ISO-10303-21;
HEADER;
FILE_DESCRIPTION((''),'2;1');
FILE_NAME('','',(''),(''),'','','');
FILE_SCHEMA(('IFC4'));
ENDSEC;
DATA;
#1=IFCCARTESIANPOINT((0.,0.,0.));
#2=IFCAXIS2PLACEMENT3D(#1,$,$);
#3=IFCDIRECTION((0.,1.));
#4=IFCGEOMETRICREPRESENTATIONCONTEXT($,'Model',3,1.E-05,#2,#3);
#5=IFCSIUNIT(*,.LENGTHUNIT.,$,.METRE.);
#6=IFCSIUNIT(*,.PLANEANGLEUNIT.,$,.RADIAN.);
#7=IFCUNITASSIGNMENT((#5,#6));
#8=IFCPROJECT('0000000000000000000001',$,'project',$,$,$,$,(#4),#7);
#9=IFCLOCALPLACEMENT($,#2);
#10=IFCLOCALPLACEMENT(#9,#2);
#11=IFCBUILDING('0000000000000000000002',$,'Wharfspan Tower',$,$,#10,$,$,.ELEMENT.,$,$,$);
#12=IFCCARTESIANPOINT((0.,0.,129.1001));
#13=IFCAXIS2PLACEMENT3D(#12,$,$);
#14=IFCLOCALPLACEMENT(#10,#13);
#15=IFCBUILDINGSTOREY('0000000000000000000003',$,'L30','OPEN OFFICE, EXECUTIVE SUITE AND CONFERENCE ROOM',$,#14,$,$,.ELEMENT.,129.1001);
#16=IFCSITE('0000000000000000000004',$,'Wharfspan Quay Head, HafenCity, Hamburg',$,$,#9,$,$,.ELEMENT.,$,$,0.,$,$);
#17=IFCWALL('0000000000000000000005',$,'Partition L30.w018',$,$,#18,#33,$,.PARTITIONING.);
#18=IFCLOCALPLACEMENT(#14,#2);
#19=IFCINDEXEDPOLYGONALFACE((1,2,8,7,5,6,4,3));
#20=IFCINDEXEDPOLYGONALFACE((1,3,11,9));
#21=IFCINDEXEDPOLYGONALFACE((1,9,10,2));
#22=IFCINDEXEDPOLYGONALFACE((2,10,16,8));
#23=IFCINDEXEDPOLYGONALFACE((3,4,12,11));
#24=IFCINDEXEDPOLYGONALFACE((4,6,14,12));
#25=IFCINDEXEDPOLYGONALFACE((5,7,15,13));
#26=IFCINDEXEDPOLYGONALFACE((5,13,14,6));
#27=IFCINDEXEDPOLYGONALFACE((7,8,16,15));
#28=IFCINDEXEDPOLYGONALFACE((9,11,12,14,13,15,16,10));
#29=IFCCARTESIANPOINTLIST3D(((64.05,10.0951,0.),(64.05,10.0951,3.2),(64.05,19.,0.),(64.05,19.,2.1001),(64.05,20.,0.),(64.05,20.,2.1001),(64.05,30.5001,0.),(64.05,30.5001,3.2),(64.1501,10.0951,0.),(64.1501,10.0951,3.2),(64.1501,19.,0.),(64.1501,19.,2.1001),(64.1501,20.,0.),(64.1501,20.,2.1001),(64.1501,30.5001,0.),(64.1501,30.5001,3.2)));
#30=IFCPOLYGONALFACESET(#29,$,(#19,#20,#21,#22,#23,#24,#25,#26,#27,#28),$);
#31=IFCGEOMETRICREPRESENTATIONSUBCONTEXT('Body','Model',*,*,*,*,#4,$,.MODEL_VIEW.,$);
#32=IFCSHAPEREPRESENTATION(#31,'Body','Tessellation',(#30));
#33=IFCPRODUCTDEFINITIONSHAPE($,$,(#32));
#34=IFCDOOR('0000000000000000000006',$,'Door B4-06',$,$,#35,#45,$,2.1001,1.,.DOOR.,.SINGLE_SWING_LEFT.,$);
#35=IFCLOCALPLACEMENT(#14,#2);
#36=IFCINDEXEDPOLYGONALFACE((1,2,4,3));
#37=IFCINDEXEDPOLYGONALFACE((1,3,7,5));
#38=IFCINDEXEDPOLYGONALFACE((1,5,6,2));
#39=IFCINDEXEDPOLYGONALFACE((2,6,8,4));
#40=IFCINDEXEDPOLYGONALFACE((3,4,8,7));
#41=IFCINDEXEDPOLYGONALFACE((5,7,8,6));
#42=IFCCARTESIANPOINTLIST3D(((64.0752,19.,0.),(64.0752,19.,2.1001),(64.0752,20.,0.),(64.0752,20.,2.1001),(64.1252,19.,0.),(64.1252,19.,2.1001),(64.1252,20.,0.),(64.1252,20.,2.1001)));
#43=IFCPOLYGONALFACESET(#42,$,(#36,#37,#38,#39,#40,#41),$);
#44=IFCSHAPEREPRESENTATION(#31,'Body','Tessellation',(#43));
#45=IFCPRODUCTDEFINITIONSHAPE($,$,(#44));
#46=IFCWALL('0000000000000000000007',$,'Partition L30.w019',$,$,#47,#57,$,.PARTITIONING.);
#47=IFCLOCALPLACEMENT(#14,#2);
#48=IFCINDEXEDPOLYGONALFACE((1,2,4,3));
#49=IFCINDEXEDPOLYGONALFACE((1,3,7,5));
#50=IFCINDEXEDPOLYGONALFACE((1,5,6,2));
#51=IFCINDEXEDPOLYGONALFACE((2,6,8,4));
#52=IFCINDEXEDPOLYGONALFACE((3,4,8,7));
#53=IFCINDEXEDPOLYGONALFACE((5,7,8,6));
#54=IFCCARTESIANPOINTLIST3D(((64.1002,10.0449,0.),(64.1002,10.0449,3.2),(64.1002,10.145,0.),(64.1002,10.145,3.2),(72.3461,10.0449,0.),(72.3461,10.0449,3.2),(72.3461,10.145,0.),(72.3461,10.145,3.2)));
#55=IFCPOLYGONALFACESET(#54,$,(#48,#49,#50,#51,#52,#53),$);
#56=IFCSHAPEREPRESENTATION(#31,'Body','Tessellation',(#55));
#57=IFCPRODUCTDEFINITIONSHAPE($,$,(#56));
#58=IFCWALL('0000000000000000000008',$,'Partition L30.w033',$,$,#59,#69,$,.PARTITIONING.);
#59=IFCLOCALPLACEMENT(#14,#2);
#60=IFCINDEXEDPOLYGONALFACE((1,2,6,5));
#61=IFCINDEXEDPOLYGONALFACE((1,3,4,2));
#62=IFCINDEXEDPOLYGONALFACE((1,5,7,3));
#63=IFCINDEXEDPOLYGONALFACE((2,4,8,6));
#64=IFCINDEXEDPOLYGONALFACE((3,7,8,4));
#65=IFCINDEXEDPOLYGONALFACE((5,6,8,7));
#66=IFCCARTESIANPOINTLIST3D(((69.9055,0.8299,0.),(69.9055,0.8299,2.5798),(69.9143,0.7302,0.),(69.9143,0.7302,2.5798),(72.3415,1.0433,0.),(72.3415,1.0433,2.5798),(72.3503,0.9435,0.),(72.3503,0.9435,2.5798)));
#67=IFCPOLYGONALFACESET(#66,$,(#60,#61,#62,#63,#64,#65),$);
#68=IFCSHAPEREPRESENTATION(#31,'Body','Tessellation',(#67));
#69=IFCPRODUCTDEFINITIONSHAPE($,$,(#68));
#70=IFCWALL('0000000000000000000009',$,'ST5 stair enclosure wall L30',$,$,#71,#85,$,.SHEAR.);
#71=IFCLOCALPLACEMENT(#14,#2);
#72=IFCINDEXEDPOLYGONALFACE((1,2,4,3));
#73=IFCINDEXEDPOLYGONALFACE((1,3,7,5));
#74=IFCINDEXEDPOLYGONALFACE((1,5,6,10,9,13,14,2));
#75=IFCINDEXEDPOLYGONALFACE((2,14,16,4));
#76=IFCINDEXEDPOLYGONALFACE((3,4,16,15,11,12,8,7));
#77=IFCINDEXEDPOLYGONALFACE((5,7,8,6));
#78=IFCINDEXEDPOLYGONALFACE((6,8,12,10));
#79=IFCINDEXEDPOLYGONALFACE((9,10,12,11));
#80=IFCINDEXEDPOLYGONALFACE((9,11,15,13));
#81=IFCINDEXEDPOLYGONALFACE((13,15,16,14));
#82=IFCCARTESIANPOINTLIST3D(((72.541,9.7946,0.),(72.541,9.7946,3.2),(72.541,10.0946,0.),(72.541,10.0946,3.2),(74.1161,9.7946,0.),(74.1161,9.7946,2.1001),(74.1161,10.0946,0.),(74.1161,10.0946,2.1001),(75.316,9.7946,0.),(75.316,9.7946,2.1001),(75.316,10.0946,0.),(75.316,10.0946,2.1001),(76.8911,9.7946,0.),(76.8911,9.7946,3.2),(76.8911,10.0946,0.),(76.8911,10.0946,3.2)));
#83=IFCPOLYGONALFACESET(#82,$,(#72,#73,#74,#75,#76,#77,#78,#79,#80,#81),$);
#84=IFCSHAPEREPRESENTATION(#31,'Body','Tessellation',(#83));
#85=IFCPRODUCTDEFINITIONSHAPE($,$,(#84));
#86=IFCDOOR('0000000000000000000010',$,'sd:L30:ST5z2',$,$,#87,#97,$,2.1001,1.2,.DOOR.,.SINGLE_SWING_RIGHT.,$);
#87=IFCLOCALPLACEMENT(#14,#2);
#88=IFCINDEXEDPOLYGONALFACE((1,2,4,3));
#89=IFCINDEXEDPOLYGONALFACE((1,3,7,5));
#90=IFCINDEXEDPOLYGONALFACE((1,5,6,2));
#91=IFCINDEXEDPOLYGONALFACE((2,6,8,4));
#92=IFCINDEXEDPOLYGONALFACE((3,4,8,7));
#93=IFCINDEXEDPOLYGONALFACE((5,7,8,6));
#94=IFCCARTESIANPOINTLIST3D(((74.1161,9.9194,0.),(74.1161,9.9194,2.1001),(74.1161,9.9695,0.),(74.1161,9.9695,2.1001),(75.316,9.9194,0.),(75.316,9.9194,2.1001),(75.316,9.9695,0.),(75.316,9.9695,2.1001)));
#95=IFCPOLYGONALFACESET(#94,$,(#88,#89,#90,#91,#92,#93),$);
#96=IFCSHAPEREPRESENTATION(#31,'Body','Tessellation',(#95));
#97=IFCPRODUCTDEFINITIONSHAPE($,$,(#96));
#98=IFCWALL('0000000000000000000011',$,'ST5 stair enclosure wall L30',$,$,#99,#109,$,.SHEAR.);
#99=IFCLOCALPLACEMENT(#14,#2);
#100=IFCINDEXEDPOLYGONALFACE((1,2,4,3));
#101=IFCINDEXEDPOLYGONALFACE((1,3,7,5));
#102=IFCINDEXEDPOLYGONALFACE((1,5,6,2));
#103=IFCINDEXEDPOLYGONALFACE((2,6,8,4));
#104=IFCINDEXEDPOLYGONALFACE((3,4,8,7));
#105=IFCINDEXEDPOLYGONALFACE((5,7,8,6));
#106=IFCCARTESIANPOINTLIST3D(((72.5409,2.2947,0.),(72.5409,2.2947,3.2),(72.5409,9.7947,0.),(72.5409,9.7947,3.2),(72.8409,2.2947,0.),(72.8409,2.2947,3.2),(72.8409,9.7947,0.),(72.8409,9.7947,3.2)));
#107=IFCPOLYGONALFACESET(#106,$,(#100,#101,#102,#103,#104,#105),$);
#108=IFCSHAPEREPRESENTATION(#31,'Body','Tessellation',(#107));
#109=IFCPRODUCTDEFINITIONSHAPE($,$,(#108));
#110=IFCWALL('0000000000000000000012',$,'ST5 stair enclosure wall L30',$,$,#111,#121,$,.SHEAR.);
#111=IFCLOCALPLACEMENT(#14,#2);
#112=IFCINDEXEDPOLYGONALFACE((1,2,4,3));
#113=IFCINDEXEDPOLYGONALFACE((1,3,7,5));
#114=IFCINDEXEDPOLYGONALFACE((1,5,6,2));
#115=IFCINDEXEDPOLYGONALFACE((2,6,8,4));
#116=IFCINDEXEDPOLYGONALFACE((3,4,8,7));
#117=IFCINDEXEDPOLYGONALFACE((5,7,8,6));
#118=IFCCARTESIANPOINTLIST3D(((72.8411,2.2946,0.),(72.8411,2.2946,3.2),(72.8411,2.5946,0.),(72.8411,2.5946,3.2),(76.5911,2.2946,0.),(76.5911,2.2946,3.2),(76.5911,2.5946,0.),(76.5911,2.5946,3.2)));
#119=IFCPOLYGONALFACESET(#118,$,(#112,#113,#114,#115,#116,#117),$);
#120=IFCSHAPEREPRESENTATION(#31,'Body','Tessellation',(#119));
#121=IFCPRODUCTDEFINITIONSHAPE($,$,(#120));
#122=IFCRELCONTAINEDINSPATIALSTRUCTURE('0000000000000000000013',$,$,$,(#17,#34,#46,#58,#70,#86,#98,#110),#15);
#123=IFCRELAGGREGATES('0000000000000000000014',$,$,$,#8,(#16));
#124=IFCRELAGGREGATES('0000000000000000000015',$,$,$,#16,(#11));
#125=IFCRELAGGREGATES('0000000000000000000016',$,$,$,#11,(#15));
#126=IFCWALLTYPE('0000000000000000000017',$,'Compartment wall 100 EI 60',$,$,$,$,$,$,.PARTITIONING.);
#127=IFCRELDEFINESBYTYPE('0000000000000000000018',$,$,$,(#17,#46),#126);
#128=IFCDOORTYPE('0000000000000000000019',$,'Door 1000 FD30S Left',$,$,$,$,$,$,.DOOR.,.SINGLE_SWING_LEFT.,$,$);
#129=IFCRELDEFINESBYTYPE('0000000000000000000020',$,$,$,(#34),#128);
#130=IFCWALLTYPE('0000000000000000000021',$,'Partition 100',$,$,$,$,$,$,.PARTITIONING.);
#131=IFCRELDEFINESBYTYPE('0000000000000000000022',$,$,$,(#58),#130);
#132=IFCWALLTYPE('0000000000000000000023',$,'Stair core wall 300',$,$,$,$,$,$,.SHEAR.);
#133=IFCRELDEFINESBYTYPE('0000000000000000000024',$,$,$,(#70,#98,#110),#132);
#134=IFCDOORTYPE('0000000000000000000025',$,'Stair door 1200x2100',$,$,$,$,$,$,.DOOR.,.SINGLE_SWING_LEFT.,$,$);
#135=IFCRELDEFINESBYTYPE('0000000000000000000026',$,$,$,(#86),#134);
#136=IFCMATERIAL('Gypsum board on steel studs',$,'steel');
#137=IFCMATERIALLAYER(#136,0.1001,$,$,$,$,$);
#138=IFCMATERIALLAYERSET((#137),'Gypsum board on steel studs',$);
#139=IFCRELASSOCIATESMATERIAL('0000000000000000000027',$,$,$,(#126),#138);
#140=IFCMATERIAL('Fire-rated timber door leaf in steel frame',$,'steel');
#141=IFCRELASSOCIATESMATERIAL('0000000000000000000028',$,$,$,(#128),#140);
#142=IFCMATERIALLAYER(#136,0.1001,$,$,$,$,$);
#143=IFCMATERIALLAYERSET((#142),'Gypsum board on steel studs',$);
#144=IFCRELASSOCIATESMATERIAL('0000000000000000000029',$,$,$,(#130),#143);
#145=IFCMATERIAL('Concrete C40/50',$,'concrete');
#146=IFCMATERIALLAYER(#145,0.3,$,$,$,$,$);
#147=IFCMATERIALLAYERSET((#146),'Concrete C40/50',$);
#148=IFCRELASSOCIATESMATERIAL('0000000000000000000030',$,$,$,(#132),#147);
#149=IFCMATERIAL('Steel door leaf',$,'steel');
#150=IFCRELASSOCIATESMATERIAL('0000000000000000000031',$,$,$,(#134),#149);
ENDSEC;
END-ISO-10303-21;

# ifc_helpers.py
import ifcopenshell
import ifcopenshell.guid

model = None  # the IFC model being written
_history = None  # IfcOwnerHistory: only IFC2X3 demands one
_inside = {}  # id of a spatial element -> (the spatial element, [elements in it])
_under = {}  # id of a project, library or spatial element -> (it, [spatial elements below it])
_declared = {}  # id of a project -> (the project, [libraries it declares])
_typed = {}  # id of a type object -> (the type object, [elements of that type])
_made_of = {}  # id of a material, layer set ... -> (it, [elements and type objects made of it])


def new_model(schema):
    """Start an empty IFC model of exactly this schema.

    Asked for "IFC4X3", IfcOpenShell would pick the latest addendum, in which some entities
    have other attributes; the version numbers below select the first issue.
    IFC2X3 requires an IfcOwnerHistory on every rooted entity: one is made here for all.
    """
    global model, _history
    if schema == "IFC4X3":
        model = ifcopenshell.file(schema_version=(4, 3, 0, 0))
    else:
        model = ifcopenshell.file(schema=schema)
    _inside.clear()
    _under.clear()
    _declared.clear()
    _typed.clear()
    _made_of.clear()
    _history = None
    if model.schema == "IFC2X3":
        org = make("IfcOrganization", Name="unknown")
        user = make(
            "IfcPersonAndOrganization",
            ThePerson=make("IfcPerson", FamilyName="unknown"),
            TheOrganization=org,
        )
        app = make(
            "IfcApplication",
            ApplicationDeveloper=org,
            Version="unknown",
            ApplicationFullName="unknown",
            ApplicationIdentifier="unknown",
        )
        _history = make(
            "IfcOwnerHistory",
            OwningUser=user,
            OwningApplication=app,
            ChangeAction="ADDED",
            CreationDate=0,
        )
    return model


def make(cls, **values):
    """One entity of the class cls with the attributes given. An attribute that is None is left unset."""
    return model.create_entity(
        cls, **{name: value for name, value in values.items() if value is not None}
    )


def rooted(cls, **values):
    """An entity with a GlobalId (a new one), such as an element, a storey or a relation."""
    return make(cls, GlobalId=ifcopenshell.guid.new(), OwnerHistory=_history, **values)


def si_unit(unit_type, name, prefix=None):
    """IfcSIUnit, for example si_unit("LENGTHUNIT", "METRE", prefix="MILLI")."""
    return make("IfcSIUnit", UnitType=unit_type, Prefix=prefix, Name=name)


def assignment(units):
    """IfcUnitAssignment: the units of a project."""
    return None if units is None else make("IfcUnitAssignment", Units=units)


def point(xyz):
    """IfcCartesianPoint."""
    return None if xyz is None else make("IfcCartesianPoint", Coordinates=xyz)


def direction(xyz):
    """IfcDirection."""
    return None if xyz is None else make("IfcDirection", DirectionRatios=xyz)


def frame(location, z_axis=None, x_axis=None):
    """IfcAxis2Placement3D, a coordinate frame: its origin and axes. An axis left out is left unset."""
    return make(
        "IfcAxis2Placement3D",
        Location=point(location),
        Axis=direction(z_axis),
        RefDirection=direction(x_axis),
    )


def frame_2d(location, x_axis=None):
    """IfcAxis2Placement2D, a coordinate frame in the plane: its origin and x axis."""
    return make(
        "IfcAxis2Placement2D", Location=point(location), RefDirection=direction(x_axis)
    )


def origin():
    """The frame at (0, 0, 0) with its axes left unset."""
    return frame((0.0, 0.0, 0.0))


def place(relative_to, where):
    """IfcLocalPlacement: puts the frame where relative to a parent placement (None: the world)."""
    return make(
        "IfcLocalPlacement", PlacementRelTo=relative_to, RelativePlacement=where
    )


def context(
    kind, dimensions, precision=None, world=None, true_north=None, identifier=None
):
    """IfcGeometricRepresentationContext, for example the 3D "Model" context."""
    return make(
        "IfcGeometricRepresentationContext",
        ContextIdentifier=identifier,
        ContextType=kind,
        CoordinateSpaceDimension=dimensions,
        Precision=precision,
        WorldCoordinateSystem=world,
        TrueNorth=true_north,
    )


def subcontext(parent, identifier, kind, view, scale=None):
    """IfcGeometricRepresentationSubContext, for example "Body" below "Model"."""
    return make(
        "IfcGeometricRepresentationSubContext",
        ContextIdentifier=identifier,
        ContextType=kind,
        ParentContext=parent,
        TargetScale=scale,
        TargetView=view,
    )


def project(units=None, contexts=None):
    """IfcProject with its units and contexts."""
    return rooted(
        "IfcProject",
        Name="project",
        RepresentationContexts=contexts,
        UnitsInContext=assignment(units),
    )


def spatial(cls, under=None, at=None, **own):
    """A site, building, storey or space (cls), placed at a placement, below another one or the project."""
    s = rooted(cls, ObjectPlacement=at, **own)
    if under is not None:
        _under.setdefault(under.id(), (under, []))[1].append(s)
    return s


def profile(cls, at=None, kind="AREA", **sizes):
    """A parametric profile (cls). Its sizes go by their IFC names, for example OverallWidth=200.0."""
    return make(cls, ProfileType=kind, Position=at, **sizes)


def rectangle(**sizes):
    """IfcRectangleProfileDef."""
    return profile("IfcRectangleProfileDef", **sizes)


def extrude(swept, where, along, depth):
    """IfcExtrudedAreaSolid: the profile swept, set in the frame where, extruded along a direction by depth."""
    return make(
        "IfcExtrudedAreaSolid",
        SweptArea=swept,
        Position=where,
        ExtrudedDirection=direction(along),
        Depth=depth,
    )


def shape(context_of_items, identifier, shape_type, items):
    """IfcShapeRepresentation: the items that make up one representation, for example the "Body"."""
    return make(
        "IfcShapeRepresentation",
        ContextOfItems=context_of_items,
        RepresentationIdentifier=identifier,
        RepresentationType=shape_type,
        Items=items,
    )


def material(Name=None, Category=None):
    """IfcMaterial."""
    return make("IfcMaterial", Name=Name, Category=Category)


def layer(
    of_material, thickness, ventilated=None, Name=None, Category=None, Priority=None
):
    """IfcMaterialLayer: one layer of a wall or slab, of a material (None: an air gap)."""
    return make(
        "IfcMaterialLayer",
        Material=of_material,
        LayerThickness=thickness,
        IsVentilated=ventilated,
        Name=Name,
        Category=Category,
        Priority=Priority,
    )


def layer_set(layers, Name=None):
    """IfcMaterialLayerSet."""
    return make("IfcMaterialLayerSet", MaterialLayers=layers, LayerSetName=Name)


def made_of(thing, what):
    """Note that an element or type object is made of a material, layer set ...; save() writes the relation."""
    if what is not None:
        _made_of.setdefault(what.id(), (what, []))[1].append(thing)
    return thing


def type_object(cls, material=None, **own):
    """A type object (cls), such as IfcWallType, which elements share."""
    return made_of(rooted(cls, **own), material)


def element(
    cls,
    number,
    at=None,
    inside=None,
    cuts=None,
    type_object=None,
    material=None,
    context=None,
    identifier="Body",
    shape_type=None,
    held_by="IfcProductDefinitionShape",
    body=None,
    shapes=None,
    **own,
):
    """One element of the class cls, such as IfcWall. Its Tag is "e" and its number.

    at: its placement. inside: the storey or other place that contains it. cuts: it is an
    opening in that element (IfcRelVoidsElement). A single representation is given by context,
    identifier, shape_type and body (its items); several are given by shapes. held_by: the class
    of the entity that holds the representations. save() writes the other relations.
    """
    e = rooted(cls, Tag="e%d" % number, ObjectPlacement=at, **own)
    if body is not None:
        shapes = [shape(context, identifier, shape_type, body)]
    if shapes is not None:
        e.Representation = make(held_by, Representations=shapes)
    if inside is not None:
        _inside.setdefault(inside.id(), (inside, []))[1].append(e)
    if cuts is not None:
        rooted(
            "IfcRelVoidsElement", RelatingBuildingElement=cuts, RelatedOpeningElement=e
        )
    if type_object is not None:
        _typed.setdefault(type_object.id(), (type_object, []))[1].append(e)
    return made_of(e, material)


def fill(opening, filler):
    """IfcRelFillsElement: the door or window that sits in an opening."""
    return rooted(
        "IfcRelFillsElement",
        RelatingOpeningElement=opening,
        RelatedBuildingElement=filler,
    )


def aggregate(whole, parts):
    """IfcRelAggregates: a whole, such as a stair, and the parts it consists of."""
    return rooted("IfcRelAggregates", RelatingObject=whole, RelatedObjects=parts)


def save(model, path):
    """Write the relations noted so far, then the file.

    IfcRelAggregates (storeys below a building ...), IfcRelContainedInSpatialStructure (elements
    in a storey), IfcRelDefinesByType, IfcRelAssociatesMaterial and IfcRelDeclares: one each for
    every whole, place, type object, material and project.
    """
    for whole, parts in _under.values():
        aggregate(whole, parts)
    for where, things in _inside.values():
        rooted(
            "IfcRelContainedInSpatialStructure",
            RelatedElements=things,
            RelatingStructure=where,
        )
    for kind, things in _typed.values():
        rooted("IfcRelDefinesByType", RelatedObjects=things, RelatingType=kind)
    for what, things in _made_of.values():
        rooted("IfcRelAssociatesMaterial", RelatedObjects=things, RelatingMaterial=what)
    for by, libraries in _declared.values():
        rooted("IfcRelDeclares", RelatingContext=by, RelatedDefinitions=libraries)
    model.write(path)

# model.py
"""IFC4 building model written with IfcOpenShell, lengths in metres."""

from ifc_helpers import new_model, si_unit, direction, frame, frame_2d, origin, place, context, subcontext, project, spatial, rectangle, extrude, material, layer, layer_set, type_object, element, fill, save


model = new_model("IFC4")

# Units and contexts
model_context = context("Model", 3, precision=1e-05, world=origin(), true_north=direction((0.0, 1.0)))
body_context = subcontext(model_context, "Body", "Model", "MODEL_VIEW")
ifc_project = project(units=[si_unit("LENGTHUNIT", "METRE"), si_unit("PLANEANGLEUNIT", "RADIAN")], contexts=[model_context])

# Site, building, storey
site_placement = place(None, origin())
site = spatial("IfcSite", under=ifc_project, at=site_placement, Name="Wharfspan Quay Head, HafenCity, Hamburg", CompositionType="ELEMENT", RefElevation=0.0)
building_placement = place(site_placement, origin())
building = spatial("IfcBuilding", under=site, at=building_placement, Name="Wharfspan Tower", CompositionType="ELEMENT")
storey_placement = place(building_placement, frame((0.0, 0.0, 129.1001)))
storey = spatial("IfcBuildingStorey", under=building, at=storey_placement, Name="L30", Description="OPEN OFFICE, EXECUTIVE SUITE AND CONFERENCE ROOM", CompositionType="ELEMENT", Elevation=129.1001)

# Shared definitions
ifc_material_1 = material(Name="Gypsum board on steel studs", Category="steel")
ifc_layer_1 = layer(ifc_material_1, 0.1001)
ifc_layer_set_1 = layer_set([ifc_layer_1], Name="Gypsum board on steel studs")
wall_type_1 = type_object("IfcWallType", Name="Compartment wall 100 EI 60", PredefinedType="PARTITIONING", material=ifc_layer_set_1)

# Wall, opening, door
wall_1_placement = place(storey_placement, frame((64.1001, 10.095, 0.0), z_axis=(0.0, 0.0, 1.0), x_axis=(0.0, 1.0, 0.0)))
wall_1 = element("IfcWall", 1, at=wall_1_placement, inside=storey, type_object=wall_type_1, Name="Partition L30.w018", PredefinedType="PARTITIONING", context=body_context, shape_type="SweptSolid", body=[
    extrude(rectangle(XDim=20.405, YDim=0.1001, at=frame_2d((10.2026, 0.0))), origin(), (0.0, 0.0, 1.0), 3.2),
])
opening_1_placement = place(wall_1_placement, frame((8.905, 0.0, 0.0)))
opening_1 = element("IfcOpeningElement", 2, at=opening_1_placement, cuts=wall_1, PredefinedType="OPENING", context=body_context, shape_type="SweptSolid", body=[
    extrude(rectangle(XDim=1.0, YDim=2.1001, at=frame_2d((0.5, 1.05))), frame((0.0, 0.0601, 0.0), z_axis=(0.0, -1.0, 0.0), x_axis=(1.0, 0.0, 0.0)), (0.0, 0.0, 1.0), 0.1201),
])
ifc_material_2 = material(Name="Fire-rated timber door leaf in steel frame", Category="steel")
door_type_1 = type_object("IfcDoorType", Name="Door 1000 FD30S Left", OperationType="SINGLE_SWING_LEFT", PredefinedType="DOOR", material=ifc_material_2)
door_1_placement = place(opening_1_placement, origin())
door_1 = element("IfcDoor", 3, at=door_1_placement, inside=storey, type_object=door_type_1, Name="Door B4-06", OperationType="SINGLE_SWING_LEFT", OverallHeight=2.1001, OverallWidth=1.0, PredefinedType="DOOR", context=body_context, shape_type="SweptSolid", body=[
    extrude(rectangle(XDim=1.0, YDim=2.1001, at=frame_2d((0.5, 1.05))), frame((0.0, 0.0249, 0.0), z_axis=(0.0, -1.0, 0.0), x_axis=(1.0, 0.0, 0.0)), (0.0, 0.0, 1.0), 0.05),
])
fill(opening_1, door_1)

# Walls
wall_2_placement = place(storey_placement, frame((64.1001, 10.095, 0.0), z_axis=(0.0, 0.0, 1.0), x_axis=(1.0, 0.0, 0.0)))
element("IfcWall", 4, at=wall_2_placement, inside=storey, type_object=wall_type_1, Name="Partition L30.w019", PredefinedType="PARTITIONING", context=body_context, shape_type="SweptSolid", body=[
    extrude(rectangle(XDim=8.2459, YDim=0.1001, at=frame_2d((4.123, 0.0))), origin(), (0.0, 0.0, 1.0), 3.2),
])
ifc_layer_2 = layer(ifc_material_1, 0.1001)
ifc_layer_set_2 = layer_set([ifc_layer_2], Name="Gypsum board on steel studs")
wall_type_2 = type_object("IfcWallType", Name="Partition 100", PredefinedType="PARTITIONING", material=ifc_layer_set_2)
wall_3_placement = place(storey_placement, frame((69.9099, 0.78, 0.0), z_axis=(0.0, 0.0, 1.0), x_axis=(0.99619, 0.087259, 0.0)))
element("IfcWall", 5, at=wall_3_placement, inside=storey, type_object=wall_type_2, Name="Partition L30.w033", PredefinedType="PARTITIONING", context=body_context, shape_type="SweptSolid", body=[
    extrude(rectangle(XDim=2.4453, YDim=0.1001, at=frame_2d((1.2227, 0.0))), origin(), (0.0, 0.0, 1.0), 2.5798),
])

# Wall, opening, door
ifc_material_3 = material(Name="Concrete C40/50", Category="concrete")
ifc_layer_3 = layer(ifc_material_3, 0.3)
ifc_layer_set_3 = layer_set([ifc_layer_3], Name="Concrete C40/50")
wall_type_3 = type_object("IfcWallType", Name="Stair core wall 300", PredefinedType="SHEAR", material=ifc_layer_set_3)
wall_4_placement = place(storey_placement, frame((72.541, 9.9446, 0.0), z_axis=(0.0, 0.0, 1.0), x_axis=(1.0, 0.0, 0.0)))
wall_4 = element("IfcWall", 6, at=wall_4_placement, inside=storey, type_object=wall_type_3, Name="ST5 stair enclosure wall L30", PredefinedType="SHEAR", context=body_context, shape_type="SweptSolid", body=[
    extrude(rectangle(XDim=4.3501, YDim=0.3, at=frame_2d((2.175, 0.0))), origin(), (0.0, 0.0, 1.0), 3.2),
])
opening_2_placement = place(wall_4_placement, frame((1.575, 0.0, 0.0)))
opening_2 = element("IfcOpeningElement", 7, at=opening_2_placement, cuts=wall_4, PredefinedType="OPENING", context=body_context, shape_type="SweptSolid", body=[
    extrude(rectangle(XDim=1.2, YDim=2.1001, at=frame_2d((0.6001, 1.05))), frame((0.0, 0.1599, 0.0), z_axis=(0.0, -1.0, 0.0), x_axis=(1.0, 0.0, 0.0)), (0.0, 0.0, 1.0), 0.3201),
])
ifc_material_4 = material(Name="Steel door leaf", Category="steel")
door_type_2 = type_object("IfcDoorType", Name="Stair door 1200x2100", OperationType="SINGLE_SWING_LEFT", PredefinedType="DOOR", material=ifc_material_4)
door_2_placement = place(opening_2_placement, origin())
door_2 = element("IfcDoor", 8, at=door_2_placement, inside=storey, type_object=door_type_2, Name="sd:L30:ST5z2", OperationType="SINGLE_SWING_RIGHT", OverallHeight=2.1001, OverallWidth=1.2, PredefinedType="DOOR", context=body_context, shape_type="SweptSolid", body=[
    extrude(rectangle(XDim=1.2, YDim=2.1001, at=frame_2d((0.6001, 1.05))), frame((0.0, 0.0249, 0.0), z_axis=(0.0, -1.0, 0.0), x_axis=(1.0, 0.0, 0.0)), (0.0, 0.0, 1.0), 0.05),
])
fill(opening_2, door_2)

# Walls
wall_5_placement = place(storey_placement, frame((72.6909, 2.2947, 0.0), z_axis=(0.0, 0.0, 1.0), x_axis=(0.0, 1.0, 0.0)))
element("IfcWall", 9, at=wall_5_placement, inside=storey, type_object=wall_type_3, Name="ST5 stair enclosure wall L30", PredefinedType="SHEAR", context=body_context, shape_type="SweptSolid", body=[
    extrude(rectangle(XDim=7.5, YDim=0.3, at=frame_2d((3.75, 0.0))), origin(), (0.0, 0.0, 1.0), 3.2),
])
wall_6_placement = place(storey_placement, frame((72.8411, 2.4446, 0.0), z_axis=(0.0, 0.0, 1.0), x_axis=(1.0, 0.0, 0.0)))
element("IfcWall", 10, at=wall_6_placement, inside=storey, type_object=wall_type_3, Name="ST5 stair enclosure wall L30", PredefinedType="SHEAR", context=body_context, shape_type="SweptSolid", body=[
    extrude(rectangle(XDim=3.75, YDim=0.3, at=frame_2d((1.875, 0.0))), origin(), (0.0, 0.0, 1.0), 3.2),
])

save(model, "model.ifc")
